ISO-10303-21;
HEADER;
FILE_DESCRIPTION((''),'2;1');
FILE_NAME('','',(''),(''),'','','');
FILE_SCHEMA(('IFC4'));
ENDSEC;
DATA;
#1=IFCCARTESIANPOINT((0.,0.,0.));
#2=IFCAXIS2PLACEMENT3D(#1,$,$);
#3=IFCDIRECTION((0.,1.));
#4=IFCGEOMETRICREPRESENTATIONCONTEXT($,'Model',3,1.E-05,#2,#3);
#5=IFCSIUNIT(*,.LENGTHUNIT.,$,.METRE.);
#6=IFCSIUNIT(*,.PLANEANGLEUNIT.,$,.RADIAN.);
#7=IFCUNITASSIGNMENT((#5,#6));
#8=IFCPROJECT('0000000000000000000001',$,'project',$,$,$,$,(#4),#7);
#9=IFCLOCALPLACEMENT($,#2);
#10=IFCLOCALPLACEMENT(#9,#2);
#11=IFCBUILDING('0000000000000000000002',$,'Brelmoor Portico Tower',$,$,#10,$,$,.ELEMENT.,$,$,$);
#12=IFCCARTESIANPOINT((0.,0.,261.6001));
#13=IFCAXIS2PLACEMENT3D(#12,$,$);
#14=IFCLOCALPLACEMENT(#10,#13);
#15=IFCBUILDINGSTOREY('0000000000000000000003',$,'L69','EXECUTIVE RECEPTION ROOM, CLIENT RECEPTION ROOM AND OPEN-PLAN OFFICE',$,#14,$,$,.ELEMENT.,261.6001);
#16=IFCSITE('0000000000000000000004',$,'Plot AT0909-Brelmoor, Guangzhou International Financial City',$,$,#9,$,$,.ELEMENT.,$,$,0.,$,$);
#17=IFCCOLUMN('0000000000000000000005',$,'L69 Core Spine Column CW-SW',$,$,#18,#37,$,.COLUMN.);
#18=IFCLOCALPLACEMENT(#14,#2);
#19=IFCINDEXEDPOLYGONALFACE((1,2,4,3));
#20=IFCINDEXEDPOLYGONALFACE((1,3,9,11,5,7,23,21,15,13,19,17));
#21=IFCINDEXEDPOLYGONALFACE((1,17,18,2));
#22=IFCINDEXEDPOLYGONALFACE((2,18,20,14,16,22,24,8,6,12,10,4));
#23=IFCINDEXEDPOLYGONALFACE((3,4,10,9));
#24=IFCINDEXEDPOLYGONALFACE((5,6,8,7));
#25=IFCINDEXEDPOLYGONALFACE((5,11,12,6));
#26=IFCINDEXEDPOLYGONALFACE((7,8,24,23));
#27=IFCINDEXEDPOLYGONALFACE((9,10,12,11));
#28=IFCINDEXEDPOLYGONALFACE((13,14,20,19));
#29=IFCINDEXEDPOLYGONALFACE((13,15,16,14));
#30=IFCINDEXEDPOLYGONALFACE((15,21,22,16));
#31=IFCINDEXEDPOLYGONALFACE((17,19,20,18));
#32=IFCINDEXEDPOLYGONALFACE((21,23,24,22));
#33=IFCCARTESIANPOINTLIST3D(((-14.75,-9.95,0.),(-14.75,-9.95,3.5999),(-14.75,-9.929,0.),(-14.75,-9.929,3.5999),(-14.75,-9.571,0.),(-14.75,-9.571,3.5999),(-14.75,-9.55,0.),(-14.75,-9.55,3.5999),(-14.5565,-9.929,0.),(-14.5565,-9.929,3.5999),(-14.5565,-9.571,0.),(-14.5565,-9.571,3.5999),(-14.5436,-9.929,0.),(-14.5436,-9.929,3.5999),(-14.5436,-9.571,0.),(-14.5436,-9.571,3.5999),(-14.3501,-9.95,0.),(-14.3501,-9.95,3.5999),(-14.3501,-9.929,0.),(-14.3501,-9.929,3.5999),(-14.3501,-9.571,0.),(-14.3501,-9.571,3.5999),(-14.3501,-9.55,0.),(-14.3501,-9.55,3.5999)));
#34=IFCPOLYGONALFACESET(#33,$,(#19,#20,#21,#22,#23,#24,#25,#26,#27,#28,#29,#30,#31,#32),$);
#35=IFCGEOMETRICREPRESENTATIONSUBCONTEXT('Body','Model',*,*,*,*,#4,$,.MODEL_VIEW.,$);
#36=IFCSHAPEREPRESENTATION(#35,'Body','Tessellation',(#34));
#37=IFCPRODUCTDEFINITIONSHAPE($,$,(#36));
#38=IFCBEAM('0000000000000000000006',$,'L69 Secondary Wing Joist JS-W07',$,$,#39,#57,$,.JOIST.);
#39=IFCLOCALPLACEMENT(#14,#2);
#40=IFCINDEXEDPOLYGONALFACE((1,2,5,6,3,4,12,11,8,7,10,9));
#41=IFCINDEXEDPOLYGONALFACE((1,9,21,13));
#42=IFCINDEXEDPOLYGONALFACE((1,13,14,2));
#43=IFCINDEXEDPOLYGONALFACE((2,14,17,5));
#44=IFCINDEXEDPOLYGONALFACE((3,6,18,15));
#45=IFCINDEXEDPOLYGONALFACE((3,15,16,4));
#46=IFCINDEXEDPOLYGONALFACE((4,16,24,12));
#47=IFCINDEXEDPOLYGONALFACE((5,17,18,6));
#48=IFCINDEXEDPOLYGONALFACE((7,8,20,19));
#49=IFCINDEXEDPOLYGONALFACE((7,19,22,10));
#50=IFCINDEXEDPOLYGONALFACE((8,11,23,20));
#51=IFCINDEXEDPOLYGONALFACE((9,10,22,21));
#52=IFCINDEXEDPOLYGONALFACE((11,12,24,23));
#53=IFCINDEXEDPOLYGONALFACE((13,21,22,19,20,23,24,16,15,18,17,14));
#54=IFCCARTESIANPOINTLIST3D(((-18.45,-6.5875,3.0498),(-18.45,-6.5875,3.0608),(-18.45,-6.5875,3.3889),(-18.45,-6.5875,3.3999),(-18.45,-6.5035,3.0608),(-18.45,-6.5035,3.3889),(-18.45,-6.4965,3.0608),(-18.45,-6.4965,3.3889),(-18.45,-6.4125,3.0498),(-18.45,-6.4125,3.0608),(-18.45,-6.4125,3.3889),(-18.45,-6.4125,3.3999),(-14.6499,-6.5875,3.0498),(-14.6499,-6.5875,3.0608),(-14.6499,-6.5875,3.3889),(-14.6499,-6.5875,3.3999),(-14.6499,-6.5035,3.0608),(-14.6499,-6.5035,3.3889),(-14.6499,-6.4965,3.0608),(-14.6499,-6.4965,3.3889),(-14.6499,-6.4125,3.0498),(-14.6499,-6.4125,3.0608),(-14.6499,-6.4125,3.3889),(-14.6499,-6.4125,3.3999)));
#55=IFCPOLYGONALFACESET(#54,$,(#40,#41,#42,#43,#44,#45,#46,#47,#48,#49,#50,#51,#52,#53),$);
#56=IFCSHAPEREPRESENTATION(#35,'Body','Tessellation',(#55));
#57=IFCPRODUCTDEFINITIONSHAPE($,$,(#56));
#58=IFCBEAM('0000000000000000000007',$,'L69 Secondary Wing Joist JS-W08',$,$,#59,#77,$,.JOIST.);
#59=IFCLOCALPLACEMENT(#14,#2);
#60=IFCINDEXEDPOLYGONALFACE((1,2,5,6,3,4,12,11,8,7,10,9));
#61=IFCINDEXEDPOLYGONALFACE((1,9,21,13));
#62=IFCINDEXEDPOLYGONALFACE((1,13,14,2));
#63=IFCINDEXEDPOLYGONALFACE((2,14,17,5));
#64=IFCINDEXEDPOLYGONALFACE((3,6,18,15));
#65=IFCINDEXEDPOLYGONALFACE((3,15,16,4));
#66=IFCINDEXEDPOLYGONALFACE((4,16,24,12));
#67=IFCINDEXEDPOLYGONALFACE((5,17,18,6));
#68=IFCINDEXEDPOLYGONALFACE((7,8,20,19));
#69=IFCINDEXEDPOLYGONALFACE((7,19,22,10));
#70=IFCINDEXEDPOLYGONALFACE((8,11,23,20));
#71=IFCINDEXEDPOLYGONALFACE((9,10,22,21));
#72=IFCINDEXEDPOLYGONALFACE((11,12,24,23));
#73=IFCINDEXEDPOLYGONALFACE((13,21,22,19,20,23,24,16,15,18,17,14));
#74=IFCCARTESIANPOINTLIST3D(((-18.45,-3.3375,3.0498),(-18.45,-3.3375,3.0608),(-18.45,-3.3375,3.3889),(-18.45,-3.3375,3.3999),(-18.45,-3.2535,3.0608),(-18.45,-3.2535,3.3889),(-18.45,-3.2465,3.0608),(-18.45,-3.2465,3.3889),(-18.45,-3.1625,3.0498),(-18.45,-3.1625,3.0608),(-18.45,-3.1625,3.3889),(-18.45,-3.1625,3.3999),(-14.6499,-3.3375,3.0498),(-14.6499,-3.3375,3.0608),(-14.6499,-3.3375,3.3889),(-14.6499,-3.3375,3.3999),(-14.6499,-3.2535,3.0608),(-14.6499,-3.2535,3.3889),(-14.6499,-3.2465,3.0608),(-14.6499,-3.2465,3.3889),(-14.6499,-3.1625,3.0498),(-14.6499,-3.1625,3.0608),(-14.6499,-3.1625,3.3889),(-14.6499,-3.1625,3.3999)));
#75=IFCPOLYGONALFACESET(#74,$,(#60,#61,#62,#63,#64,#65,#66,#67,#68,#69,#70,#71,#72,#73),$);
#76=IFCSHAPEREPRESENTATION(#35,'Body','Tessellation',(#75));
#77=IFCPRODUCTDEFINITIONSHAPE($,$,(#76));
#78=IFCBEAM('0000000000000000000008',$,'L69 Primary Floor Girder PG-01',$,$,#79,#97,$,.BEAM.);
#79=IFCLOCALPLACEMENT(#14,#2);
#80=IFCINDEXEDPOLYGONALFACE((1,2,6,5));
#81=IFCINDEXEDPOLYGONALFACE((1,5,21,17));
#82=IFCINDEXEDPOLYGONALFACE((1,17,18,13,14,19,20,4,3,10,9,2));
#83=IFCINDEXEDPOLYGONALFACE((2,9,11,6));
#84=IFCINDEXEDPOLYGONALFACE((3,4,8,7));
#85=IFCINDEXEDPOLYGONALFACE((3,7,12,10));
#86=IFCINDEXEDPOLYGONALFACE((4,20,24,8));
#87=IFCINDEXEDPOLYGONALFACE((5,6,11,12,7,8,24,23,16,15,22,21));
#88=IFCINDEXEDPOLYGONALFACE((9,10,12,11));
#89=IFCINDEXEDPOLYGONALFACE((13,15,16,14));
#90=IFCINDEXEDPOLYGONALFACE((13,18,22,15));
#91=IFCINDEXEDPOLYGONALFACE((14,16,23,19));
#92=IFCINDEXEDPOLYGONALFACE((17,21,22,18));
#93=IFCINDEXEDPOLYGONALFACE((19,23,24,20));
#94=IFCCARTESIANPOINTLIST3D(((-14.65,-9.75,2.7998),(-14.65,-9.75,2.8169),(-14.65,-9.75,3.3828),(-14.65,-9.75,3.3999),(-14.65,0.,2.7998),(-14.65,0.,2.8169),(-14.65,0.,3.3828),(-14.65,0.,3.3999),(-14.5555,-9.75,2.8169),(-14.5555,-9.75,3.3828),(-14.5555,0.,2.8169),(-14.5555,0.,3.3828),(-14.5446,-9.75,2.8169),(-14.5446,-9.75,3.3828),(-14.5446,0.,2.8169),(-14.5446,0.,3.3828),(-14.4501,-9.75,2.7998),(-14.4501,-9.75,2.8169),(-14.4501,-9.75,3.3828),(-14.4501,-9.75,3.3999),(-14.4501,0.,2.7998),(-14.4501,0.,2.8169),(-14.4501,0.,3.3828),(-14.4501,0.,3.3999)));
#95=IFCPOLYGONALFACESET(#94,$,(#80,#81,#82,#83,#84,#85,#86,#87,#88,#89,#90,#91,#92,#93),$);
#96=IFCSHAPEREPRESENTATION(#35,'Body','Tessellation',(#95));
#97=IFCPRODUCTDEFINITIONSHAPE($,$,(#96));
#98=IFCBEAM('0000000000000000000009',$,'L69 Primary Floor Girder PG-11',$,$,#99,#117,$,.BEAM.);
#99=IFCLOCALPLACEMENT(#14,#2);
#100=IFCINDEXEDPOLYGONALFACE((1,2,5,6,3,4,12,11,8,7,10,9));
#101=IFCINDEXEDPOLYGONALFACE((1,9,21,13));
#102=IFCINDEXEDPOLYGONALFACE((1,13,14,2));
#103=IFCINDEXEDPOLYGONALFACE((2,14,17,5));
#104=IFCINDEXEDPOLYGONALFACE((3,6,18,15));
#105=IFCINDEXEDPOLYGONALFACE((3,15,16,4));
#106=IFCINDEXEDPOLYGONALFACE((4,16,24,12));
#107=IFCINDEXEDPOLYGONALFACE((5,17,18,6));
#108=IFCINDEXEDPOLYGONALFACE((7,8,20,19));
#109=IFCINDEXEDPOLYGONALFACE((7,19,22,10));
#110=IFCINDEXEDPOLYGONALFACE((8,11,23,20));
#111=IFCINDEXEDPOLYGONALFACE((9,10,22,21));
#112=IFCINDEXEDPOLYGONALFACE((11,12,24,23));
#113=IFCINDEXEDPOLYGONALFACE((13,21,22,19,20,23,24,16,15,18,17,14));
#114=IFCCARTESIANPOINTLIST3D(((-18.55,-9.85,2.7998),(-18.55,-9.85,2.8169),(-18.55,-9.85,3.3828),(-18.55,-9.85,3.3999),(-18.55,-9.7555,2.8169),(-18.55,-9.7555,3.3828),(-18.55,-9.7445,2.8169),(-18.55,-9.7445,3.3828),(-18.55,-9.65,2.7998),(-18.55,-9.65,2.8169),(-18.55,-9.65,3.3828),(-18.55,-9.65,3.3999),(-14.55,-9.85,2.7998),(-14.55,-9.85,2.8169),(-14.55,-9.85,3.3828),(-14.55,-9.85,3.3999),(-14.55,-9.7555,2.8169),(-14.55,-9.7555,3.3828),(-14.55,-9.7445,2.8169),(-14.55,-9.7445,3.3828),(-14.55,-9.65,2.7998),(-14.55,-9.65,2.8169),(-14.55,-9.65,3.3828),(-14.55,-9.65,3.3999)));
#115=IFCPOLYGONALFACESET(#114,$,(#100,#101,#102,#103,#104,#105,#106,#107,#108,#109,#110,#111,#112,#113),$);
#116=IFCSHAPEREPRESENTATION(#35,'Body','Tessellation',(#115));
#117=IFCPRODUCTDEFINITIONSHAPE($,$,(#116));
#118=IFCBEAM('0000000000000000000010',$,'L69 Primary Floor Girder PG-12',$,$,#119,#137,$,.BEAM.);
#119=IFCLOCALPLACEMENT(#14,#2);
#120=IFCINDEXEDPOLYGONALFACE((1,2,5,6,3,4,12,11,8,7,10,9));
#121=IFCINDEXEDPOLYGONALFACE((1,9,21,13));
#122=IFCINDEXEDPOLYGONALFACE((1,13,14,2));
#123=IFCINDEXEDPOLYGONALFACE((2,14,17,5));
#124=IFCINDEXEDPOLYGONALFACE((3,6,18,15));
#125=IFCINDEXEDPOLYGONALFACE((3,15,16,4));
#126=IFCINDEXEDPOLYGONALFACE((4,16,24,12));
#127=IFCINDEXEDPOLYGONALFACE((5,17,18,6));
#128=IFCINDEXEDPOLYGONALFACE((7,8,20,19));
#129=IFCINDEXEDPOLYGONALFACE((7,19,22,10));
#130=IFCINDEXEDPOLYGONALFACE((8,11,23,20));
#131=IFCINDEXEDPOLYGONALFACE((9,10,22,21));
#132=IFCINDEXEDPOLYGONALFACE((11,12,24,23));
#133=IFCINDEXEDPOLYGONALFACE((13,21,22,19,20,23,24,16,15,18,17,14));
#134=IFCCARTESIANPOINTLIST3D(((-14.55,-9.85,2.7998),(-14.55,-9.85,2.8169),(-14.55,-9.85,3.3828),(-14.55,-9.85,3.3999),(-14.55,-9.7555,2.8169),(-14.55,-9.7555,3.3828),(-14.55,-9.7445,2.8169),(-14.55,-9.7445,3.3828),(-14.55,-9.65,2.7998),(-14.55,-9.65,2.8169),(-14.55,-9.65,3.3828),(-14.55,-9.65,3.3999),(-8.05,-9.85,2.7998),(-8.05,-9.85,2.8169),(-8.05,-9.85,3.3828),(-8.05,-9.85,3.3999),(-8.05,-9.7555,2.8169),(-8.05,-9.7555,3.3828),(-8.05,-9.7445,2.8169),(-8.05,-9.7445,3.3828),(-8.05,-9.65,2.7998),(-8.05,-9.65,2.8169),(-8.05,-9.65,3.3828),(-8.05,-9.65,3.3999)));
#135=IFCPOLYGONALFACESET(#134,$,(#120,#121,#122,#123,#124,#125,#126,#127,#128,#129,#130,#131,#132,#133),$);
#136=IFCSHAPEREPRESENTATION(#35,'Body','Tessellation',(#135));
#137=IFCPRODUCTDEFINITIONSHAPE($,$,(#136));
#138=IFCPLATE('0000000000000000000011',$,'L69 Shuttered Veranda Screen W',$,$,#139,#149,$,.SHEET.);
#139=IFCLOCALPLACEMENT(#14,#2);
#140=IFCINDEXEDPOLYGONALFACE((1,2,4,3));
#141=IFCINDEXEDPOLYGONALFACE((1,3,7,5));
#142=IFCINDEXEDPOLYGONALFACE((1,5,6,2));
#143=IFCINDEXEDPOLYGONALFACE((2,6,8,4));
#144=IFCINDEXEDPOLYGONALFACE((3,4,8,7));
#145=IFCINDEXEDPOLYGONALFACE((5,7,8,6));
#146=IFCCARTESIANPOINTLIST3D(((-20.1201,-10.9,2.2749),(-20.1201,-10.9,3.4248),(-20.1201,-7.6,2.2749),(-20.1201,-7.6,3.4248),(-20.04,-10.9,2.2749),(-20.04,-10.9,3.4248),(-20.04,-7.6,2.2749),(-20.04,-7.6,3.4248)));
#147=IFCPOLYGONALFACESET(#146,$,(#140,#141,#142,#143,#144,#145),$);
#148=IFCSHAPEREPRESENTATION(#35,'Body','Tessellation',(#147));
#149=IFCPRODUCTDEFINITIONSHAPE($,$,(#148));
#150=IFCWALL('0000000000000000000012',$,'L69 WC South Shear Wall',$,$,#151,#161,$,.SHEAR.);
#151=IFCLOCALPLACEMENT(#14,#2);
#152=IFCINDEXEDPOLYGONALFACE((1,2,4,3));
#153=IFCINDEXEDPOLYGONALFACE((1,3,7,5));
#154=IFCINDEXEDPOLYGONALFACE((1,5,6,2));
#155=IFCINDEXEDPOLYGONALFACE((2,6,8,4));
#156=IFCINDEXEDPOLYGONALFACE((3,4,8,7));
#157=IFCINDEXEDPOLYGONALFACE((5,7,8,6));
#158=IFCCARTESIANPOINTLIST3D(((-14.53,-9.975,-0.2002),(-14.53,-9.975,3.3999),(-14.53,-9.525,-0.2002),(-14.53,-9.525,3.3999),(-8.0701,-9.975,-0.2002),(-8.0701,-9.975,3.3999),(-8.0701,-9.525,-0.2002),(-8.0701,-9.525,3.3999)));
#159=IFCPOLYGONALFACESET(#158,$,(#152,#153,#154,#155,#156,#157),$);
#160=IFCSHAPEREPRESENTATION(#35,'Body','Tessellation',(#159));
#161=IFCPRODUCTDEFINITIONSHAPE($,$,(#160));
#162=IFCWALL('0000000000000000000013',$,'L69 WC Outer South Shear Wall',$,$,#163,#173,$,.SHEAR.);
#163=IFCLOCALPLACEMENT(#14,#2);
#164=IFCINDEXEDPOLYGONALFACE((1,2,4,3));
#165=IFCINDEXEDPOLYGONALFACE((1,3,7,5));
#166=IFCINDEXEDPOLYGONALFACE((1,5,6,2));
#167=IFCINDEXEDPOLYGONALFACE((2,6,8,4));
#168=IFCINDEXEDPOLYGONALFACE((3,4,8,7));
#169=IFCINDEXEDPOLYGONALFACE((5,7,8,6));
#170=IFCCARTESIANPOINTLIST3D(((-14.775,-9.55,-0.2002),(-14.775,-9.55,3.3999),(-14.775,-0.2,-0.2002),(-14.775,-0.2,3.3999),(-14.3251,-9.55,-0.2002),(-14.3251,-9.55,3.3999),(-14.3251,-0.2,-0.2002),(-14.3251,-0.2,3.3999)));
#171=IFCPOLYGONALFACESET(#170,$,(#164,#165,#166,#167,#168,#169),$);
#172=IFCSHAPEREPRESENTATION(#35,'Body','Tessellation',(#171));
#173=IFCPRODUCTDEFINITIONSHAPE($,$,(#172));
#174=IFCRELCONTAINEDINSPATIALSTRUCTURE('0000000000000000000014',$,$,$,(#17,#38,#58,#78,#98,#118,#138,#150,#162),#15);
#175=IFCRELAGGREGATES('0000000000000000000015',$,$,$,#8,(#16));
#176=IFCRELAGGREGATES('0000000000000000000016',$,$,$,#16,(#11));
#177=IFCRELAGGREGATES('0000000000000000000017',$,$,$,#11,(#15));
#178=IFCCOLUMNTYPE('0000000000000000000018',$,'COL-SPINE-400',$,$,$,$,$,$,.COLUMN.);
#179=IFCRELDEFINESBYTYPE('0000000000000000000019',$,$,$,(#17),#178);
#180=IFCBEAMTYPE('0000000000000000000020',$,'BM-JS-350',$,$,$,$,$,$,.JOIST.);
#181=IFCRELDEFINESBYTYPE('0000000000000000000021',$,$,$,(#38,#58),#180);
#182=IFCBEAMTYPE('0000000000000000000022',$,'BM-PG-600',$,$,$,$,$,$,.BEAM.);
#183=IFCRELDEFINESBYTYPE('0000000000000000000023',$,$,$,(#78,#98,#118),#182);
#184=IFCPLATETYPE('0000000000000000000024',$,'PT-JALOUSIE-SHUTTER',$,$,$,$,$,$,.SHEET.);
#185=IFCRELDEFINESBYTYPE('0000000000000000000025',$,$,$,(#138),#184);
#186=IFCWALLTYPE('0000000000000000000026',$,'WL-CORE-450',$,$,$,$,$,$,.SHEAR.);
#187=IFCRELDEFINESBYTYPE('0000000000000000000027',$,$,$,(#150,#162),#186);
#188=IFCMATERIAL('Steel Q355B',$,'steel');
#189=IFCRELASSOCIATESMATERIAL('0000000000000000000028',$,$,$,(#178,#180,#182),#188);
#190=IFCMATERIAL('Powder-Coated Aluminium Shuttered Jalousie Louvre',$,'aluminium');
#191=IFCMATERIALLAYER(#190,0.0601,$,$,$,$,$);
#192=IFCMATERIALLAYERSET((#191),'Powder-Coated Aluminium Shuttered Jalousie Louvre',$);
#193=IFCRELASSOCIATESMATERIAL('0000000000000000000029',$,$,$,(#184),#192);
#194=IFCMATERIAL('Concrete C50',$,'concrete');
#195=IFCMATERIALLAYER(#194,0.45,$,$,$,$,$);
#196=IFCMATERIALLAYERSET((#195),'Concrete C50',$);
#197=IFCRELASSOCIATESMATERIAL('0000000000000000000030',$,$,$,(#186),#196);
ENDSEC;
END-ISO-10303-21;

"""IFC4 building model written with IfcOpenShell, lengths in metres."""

from ifc_helpers import new_model, si_unit, direction, frame, frame_2d, origin, origin_2d, place, context, subcontext, project, spatial, rectangle, i_section, extrude, material, layer, layer_set, material_profile, profile_set, type_object, element, save


model = new_model("IFC4")

# Units and contexts
model_context = context("Model", 3, precision=1e-05, world=origin(), true_north=direction((0.0, 1.0)))
body_context = subcontext(model_context, "Body", "Model", "MODEL_VIEW")
ifc_project = project(units=[si_unit("LENGTHUNIT", "METRE"), si_unit("PLANEANGLEUNIT", "RADIAN")], contexts=[model_context])

# Site, building, storey
site_placement = place(None, origin())
site = spatial("IfcSite", under=ifc_project, at=site_placement, Name="Plot AT0909-Brelmoor, Guangzhou International Financial City", CompositionType="ELEMENT", RefElevation=0.0)
building_placement = place(site_placement, origin())
building = spatial("IfcBuilding", under=site, at=building_placement, Name="Brelmoor Portico Tower", CompositionType="ELEMENT")
storey_placement = place(building_placement, frame((0.0, 0.0, 261.6001)))
storey = spatial("IfcBuildingStorey", under=building, at=storey_placement, Name="L69", Description="EXECUTIVE RECEPTION ROOM, CLIENT RECEPTION ROOM AND OPEN-PLAN OFFICE", CompositionType="ELEMENT", Elevation=261.6001)

# Column
ifc_material_1 = material(Name="Steel Q355B", Category="steel")
ifc_material_profile_1 = material_profile(ifc_material_1, i_section(OverallWidth=0.3999, OverallDepth=0.3999, WebThickness=0.0129, FlangeThickness=0.021, at=origin_2d()), Name="HW 400x400x13x21")
ifc_profile_set_1 = profile_set([ifc_material_profile_1], Name="Steel Q355B")
column_type = type_object("IfcColumnType", Name="COL-SPINE-400", PredefinedType="COLUMN", material=ifc_profile_set_1)
column_placement = place(storey_placement, frame((-14.55, -9.75, 0.0), z_axis=(0.0, 0.0, 1.0), x_axis=(1.0, 0.0, 0.0)))
element("IfcColumn", 1, at=column_placement, inside=storey, type_object=column_type, Name="L69 Core Spine Column CW-SW", PredefinedType="COLUMN", context=body_context, shape_type="SweptSolid", body=[
    extrude(i_section(OverallWidth=0.3999, OverallDepth=0.3999, WebThickness=0.0129, FlangeThickness=0.021, at=origin_2d()), origin(), (0.0, 0.0, 1.0), 3.5999),
])

# Beams
ifc_material_profile_2 = material_profile(ifc_material_1, i_section(OverallWidth=0.175, OverallDepth=0.3501, WebThickness=0.0071, FlangeThickness=0.011, at=origin_2d()), Name="HN 350x175x7x11")
ifc_profile_set_2 = profile_set([ifc_material_profile_2], Name="Steel Q355B")
beam_type_1 = type_object("IfcBeamType", Name="BM-JS-350", PredefinedType="JOIST", material=ifc_profile_set_2)
for number, where, z_axis, x_axis, name in (
    (2, (-18.45, -6.5, 3.2249), (1.0, 0.0, 0.0), (0.0, 1.0, 0.0), "L69 Secondary Wing Joist JS-W07"),
    (3, (-18.45, -3.25, 3.2249), (1.0, 0.0, 0.0), (0.0, 1.0, 0.0), "L69 Secondary Wing Joist JS-W08"),
):
    element("IfcBeam", number, at=place(storey_placement, frame(where, z_axis=z_axis, x_axis=x_axis)), inside=storey, type_object=beam_type_1, Name=name, PredefinedType="JOIST", context=body_context, shape_type="SweptSolid", body=[
        extrude(i_section(OverallWidth=0.175, OverallDepth=0.3501, WebThickness=0.0071, FlangeThickness=0.011, at=origin_2d()), origin(), (0.0, 0.0, 1.0), 3.8),
    ])
ifc_material_profile_3 = material_profile(ifc_material_1, i_section(OverallWidth=0.2, OverallDepth=0.6001, WebThickness=0.011, FlangeThickness=0.0171, at=origin_2d()), Name="HN 600x200x11x17")
ifc_profile_set_3 = profile_set([ifc_material_profile_3], Name="Steel Q355B")
beam_type_2 = type_object("IfcBeamType", Name="BM-PG-600", PredefinedType="BEAM", material=ifc_profile_set_3)
beam_1_placement = place(storey_placement, frame((-14.55, -9.75, 3.0999), z_axis=(0.0, 1.0, 0.0), x_axis=(-1.0, 0.0, 0.0)))
element("IfcBeam", 4, at=beam_1_placement, inside=storey, type_object=beam_type_2, Name="L69 Primary Floor Girder PG-01", PredefinedType="BEAM", context=body_context, shape_type="SweptSolid", body=[
    extrude(i_section(OverallWidth=0.2, OverallDepth=0.6001, WebThickness=0.011, FlangeThickness=0.0171, at=origin_2d()), origin(), (0.0, 0.0, 1.0), 9.75),
])
beam_2_placement = place(storey_placement, frame((-18.55, -9.75, 3.0999), z_axis=(1.0, 0.0, 0.0), x_axis=(0.0, 1.0, 0.0)))
element("IfcBeam", 5, at=beam_2_placement, inside=storey, type_object=beam_type_2, Name="L69 Primary Floor Girder PG-11", PredefinedType="BEAM", context=body_context, shape_type="SweptSolid", body=[
    extrude(i_section(OverallWidth=0.2, OverallDepth=0.6001, WebThickness=0.011, FlangeThickness=0.0171, at=origin_2d()), origin(), (0.0, 0.0, 1.0), 4.0),
])
beam_3_placement = place(storey_placement, frame((-14.55, -9.75, 3.0999), z_axis=(1.0, 0.0, 0.0), x_axis=(0.0, 1.0, 0.0)))
element("IfcBeam", 6, at=beam_3_placement, inside=storey, type_object=beam_type_2, Name="L69 Primary Floor Girder PG-12", PredefinedType="BEAM", context=body_context, shape_type="SweptSolid", body=[
    extrude(i_section(OverallWidth=0.2, OverallDepth=0.6001, WebThickness=0.011, FlangeThickness=0.0171, at=origin_2d()), origin(), (0.0, 0.0, 1.0), 6.5),
])

# Plate
ifc_material_2 = material(Name="Powder-Coated Aluminium Shuttered Jalousie Louvre", Category="aluminium")
ifc_layer_1 = layer(ifc_material_2, 0.0601)
ifc_layer_set_1 = layer_set([ifc_layer_1], Name="Powder-Coated Aluminium Shuttered Jalousie Louvre")
plate_type = type_object("IfcPlateType", Name="PT-JALOUSIE-SHUTTER", PredefinedType="SHEET", material=ifc_layer_set_1)
plate_placement = place(storey_placement, frame((-20.0801, -9.25, 2.2749), z_axis=(0.0, 0.0, 1.0), x_axis=(0.0, 1.0, 0.0)))
element("IfcPlate", 7, at=plate_placement, inside=storey, type_object=plate_type, Name="L69 Shuttered Veranda Screen W", PredefinedType="SHEET", context=body_context, shape_type="SweptSolid", body=[
    extrude(rectangle(XDim=3.3, YDim=0.0801, at=origin_2d()), origin(), (0.0, 0.0, 1.0), 1.1499),
])

# Walls
ifc_material_3 = material(Name="Concrete C50", Category="concrete")
ifc_layer_2 = layer(ifc_material_3, 0.45)
ifc_layer_set_2 = layer_set([ifc_layer_2], Name="Concrete C50")
wall_type_1 = type_object("IfcWallType", Name="WL-CORE-450", PredefinedType="SHEAR", material=ifc_layer_set_2)
wall_1_placement = place(storey_placement, frame((-14.53, -9.75, -0.2002), z_axis=(0.0, 0.0, 1.0), x_axis=(1.0, 0.0, 0.0)))
element("IfcWall", 8, at=wall_1_placement, inside=storey, type_object=wall_type_1, Name="L69 WC South Shear Wall", PredefinedType="SHEAR", context=body_context, shape_type="SweptSolid", body=[
    extrude(rectangle(XDim=6.46, YDim=0.45, at=frame_2d((3.23, 0.0))), origin(), (0.0, 0.0, 1.0), 3.6001),
])
wall_2_placement = place(storey_placement, frame((-14.55, -9.55, -0.2002), z_axis=(0.0, 0.0, 1.0), x_axis=(0.0, 1.0, 0.0)))
element("IfcWall", 9, at=wall_2_placement, inside=storey, type_object=wall_type_1, Name="L69 WC Outer South Shear Wall", PredefinedType="SHEAR", context=body_context, shape_type="SweptSolid", body=[
    extrude(rectangle(XDim=9.3501, YDim=0.45, at=frame_2d((4.675, 0.0))), origin(), (0.0, 0.0, 1.0), 3.6001),
])

save(model, "model.ifc")
